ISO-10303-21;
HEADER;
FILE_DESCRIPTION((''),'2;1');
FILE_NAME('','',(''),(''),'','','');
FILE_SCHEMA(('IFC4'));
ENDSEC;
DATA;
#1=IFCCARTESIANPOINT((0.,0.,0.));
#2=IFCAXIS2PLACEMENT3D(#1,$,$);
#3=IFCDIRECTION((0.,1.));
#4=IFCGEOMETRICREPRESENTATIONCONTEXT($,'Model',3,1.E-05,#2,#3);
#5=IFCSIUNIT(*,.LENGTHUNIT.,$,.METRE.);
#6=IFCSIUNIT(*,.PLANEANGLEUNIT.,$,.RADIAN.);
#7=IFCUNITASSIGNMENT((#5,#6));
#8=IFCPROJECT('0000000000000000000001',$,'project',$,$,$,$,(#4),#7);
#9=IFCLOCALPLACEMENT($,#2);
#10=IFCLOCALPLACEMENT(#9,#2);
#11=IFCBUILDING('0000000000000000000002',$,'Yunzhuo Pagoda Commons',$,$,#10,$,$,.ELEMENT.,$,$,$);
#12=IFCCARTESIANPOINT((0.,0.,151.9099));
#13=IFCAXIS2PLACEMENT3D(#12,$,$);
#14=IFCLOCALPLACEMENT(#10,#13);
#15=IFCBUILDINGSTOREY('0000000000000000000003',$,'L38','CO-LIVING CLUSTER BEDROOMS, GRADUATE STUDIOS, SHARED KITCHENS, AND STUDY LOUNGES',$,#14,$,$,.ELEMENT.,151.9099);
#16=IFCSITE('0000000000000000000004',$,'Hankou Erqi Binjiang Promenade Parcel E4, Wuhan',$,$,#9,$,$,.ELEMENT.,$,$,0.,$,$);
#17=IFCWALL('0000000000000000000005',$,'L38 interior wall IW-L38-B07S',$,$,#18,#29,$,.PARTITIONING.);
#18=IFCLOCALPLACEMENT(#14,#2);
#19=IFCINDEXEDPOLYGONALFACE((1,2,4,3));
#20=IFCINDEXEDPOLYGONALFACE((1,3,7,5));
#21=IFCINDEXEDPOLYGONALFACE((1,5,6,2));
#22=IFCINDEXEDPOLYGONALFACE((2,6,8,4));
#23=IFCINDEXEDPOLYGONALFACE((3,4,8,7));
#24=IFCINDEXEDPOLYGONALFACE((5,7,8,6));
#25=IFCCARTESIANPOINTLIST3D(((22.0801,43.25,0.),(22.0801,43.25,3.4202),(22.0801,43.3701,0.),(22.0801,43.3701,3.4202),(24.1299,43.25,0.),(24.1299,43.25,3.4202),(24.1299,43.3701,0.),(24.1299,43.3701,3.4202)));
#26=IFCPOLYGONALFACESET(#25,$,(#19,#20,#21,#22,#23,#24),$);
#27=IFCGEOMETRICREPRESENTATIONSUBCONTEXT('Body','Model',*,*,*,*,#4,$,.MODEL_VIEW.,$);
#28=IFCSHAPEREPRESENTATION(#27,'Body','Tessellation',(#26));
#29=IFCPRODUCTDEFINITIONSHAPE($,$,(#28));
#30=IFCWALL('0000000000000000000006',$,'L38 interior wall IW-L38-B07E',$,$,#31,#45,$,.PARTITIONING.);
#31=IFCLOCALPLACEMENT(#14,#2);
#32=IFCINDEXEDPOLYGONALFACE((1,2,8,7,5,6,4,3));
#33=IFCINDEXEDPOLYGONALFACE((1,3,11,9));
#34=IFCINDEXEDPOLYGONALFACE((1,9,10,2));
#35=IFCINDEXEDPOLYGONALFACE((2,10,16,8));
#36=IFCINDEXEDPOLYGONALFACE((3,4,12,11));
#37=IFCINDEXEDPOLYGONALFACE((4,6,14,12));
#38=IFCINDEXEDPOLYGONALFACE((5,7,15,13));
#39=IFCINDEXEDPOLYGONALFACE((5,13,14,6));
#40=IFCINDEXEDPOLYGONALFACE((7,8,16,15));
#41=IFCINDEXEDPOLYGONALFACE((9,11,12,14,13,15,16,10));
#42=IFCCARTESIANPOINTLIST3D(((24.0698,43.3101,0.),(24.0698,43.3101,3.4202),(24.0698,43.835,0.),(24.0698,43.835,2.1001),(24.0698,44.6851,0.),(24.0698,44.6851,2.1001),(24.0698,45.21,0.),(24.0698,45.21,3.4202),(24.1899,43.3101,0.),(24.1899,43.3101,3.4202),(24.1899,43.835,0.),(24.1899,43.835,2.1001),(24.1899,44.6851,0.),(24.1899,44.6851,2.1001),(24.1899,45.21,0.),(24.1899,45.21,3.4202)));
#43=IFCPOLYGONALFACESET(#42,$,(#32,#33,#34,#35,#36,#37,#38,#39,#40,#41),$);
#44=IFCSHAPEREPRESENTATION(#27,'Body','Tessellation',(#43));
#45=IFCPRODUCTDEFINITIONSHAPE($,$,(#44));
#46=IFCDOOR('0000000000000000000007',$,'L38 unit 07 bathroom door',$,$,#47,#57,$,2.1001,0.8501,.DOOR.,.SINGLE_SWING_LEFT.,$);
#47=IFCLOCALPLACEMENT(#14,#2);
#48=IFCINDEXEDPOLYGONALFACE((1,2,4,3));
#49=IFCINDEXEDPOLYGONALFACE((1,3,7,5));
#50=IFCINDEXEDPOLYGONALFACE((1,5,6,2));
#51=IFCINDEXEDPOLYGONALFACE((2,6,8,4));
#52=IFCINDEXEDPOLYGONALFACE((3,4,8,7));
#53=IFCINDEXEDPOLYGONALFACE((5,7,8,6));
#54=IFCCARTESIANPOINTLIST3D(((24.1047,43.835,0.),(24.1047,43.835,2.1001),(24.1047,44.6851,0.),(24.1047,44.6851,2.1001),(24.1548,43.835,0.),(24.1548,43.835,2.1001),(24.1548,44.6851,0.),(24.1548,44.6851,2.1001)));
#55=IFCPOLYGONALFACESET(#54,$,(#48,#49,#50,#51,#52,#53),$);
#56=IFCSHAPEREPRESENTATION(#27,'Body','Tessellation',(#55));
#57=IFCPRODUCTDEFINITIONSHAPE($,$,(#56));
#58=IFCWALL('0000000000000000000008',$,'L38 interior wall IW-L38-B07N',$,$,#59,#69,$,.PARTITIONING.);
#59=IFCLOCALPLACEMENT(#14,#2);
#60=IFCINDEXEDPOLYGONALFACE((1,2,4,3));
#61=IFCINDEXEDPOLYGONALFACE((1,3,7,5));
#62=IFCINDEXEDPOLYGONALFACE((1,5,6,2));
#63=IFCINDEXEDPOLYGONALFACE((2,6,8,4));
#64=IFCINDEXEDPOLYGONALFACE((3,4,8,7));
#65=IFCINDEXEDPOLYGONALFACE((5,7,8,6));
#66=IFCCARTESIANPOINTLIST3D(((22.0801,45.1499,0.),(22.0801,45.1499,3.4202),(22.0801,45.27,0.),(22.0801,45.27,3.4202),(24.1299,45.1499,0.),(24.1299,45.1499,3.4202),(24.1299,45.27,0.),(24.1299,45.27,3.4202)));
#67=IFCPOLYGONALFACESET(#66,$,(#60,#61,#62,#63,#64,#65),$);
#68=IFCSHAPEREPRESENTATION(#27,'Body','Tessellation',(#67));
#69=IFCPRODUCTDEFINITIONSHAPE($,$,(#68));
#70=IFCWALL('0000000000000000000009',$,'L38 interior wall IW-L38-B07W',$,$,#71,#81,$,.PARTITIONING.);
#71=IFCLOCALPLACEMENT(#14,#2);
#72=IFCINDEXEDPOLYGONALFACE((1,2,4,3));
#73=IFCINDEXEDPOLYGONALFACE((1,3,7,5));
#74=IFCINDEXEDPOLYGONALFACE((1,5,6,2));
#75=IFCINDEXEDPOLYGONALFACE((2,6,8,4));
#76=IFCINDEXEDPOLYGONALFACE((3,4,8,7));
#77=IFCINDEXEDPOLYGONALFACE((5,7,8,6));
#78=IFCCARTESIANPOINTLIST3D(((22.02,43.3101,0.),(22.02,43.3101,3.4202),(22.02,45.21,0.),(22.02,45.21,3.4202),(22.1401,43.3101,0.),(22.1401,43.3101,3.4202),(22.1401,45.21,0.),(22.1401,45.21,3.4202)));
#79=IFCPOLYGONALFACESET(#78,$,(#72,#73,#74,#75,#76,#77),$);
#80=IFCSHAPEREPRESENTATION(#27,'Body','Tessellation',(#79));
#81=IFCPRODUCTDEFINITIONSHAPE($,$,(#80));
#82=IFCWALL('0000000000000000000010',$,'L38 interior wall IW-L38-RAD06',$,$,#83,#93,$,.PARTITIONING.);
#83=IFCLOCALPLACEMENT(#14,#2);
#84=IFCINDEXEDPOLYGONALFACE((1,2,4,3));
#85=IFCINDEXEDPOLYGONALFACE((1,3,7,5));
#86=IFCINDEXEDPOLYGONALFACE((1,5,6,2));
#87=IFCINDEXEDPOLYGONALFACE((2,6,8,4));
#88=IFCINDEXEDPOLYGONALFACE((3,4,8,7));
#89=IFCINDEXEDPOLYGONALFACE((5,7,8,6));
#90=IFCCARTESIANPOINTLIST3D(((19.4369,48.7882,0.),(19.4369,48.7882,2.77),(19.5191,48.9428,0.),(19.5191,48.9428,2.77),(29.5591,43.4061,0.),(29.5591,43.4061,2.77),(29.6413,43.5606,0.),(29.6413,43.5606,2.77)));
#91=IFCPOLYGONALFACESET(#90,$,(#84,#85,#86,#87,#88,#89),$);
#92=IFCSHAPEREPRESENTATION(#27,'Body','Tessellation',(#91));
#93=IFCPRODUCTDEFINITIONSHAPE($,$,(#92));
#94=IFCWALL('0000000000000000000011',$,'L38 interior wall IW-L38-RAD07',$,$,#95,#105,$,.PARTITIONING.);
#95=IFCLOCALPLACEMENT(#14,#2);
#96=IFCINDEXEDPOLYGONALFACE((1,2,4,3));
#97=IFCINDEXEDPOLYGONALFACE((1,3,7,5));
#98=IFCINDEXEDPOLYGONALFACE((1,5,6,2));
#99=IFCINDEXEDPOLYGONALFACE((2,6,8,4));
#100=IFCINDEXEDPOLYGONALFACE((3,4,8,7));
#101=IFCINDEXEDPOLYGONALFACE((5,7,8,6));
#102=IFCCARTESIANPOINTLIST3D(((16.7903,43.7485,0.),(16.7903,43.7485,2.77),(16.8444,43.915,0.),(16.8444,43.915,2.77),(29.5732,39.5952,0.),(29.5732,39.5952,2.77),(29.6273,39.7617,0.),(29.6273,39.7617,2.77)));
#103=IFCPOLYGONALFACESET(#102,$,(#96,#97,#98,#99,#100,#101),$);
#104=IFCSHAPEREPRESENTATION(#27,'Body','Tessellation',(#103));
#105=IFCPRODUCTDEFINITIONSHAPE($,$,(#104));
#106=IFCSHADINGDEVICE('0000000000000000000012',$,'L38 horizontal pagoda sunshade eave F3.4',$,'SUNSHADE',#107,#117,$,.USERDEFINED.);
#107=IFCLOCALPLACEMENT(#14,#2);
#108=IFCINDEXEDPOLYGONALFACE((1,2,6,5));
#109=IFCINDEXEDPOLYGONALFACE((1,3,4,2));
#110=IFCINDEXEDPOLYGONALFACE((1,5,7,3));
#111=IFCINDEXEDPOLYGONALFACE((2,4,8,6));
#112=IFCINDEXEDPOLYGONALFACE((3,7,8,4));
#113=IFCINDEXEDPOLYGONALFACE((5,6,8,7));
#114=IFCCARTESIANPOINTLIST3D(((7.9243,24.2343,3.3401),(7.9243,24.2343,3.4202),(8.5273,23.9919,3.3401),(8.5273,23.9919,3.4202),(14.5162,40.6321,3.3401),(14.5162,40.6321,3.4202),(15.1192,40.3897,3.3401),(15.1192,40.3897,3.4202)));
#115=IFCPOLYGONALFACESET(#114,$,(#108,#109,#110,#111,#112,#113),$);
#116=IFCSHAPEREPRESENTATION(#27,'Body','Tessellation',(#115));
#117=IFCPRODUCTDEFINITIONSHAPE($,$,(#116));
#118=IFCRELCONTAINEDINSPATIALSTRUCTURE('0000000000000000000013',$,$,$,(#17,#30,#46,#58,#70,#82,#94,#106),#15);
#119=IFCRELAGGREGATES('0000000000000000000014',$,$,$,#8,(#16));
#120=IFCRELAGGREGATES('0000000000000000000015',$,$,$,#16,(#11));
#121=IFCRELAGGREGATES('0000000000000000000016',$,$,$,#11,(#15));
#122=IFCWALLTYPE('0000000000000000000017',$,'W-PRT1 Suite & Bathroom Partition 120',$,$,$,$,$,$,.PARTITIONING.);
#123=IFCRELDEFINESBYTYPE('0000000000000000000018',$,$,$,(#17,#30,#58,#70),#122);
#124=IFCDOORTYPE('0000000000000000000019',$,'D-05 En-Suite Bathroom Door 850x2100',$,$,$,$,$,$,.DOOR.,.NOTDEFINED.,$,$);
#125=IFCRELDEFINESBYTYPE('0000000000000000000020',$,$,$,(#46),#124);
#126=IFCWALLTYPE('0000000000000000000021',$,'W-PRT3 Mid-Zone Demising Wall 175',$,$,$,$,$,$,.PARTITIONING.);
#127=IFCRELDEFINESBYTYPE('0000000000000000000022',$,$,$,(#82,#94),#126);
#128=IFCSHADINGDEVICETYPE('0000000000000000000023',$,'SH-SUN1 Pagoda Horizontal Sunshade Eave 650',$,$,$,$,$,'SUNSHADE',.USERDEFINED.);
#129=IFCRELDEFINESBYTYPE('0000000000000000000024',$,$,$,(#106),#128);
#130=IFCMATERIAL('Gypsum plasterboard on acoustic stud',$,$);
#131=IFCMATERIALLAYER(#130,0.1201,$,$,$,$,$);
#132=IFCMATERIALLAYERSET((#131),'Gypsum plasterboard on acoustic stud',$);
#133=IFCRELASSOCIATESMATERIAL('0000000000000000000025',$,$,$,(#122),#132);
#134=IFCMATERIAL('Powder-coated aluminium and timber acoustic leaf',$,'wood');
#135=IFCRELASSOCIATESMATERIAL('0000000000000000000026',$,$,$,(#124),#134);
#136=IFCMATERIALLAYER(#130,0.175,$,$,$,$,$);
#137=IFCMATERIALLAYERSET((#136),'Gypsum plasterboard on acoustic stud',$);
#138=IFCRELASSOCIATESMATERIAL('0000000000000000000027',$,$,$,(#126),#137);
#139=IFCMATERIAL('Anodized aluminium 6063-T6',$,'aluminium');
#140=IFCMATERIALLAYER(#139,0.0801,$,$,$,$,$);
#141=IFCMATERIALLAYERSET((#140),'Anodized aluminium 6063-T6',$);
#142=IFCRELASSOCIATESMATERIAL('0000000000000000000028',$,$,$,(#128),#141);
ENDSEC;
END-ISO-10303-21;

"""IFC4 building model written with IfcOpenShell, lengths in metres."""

from ifc_helpers import new_model, si_unit, direction, frame, frame_2d, origin, origin_2d, place, context, subcontext, project, spatial, rectangle, extrude, source, transform, mapped, material, layer, layer_set, type_object, element, fill, save


model = new_model("IFC4")

# Units and contexts
model_context = context("Model", 3, precision=1e-05, world=origin(), true_north=direction((0.0, 1.0)))
body_context = subcontext(model_context, "Body", "Model", "MODEL_VIEW")
ifc_project = project(units=[si_unit("LENGTHUNIT", "METRE"), si_unit("PLANEANGLEUNIT", "RADIAN")], contexts=[model_context])

# Site, building, storey
site_placement = place(None, origin())
site = spatial("IfcSite", under=ifc_project, at=site_placement, Name="Hankou Erqi Binjiang Promenade Parcel E4, Wuhan", CompositionType="ELEMENT", RefElevation=0.0)
building_placement = place(site_placement, origin())
building = spatial("IfcBuilding", under=site, at=building_placement, Name="Yunzhuo Pagoda Commons", CompositionType="ELEMENT")
storey_placement = place(building_placement, frame((0.0, 0.0, 151.9099)))
storey = spatial("IfcBuildingStorey", under=building, at=storey_placement, Name="L38", Description="CO-LIVING CLUSTER BEDROOMS, GRADUATE STUDIOS, SHARED KITCHENS, AND STUDY LOUNGES", CompositionType="ELEMENT", Elevation=151.9099)

# Shared definitions
ifc_material_1 = material(Name="Anodized aluminium 6063-T6", Category="aluminium")

# Shared definitions
ifc_material_2 = material(Name="Gypsum plasterboard on acoustic stud")

# Shared definitions
ifc_material_3 = material(Name="Powder-coated aluminium and timber acoustic leaf", Category="wood")

# Wall
ifc_layer_1 = layer(ifc_material_2, 0.1201)
ifc_layer_set_1 = layer_set([ifc_layer_1], Name="Gypsum plasterboard on acoustic stud")
wall_type_1 = type_object("IfcWallType", Name="W-PRT1 Suite & Bathroom Partition 120", PredefinedType="PARTITIONING", material=ifc_layer_set_1)
wall_1_placement = place(storey_placement, frame((22.0801, 43.3101, 0.0), z_axis=(0.0, 0.0, 1.0), x_axis=(1.0, 0.0, 0.0)))
element("IfcWall", 1, at=wall_1_placement, inside=storey, type_object=wall_type_1, Name="L38 interior wall IW-L38-B07S", PredefinedType="PARTITIONING", context=body_context, shape_type="SweptSolid", body=[
    extrude(rectangle(XDim=2.0498, YDim=0.1201, at=frame_2d((1.0249, 0.0))), origin(), (0.0, 0.0, 1.0), 3.4202),
])

# Wall, opening, door
wall_2_placement = place(storey_placement, frame((24.1299, 43.3101, 0.0), z_axis=(0.0, 0.0, 1.0), x_axis=(0.0, 1.0, 0.0)))
wall_2 = element("IfcWall", 2, at=wall_2_placement, inside=storey, type_object=wall_type_1, Name="L38 interior wall IW-L38-B07E", PredefinedType="PARTITIONING", context=body_context, shape_type="SweptSolid", body=[
    extrude(rectangle(XDim=1.8999, YDim=0.1201, at=frame_2d((0.95, 0.0))), origin(), (0.0, 0.0, 1.0), 3.4202),
])
opening_1_placement = place(wall_2_placement, frame((0.5249, 0.0, 0.0)))
opening_1 = element("IfcOpeningElement", 3, at=opening_1_placement, cuts=wall_2, PredefinedType="OPENING", context=body_context, shape_type="SweptSolid", body=[
    extrude(rectangle(XDim=0.8501, YDim=2.1001, at=frame_2d((0.425, 1.05))), frame((0.0, 0.0701, 0.0), z_axis=(0.0, -1.0, 0.0), x_axis=(1.0, 0.0, 0.0)), (0.0, 0.0, 1.0), 0.1401),
])
door_type_1 = type_object("IfcDoorType", Name="D-05 En-Suite Bathroom Door 850x2100", OperationType="NOTDEFINED", PredefinedType="DOOR", material=ifc_material_3)
shared_shape_1 = source(origin(), body_context, "Body", "SweptSolid", [
    extrude(rectangle(XDim=0.8501, YDim=2.1001, at=frame_2d((0.425, 1.05))), frame((0.0, 0.0249, 0.0), z_axis=(0.0, -1.0, 0.0), x_axis=(1.0, 0.0, 0.0)), (0.0, 0.0, 1.0), 0.05),
])
door_1_placement = place(opening_1_placement, frame((0.8501, 0.0, 0.0), z_axis=(0.0, 0.0, 1.0), x_axis=(-1.0, 0.0, 0.0)))
door_1 = element("IfcDoor", 4, at=door_1_placement, inside=storey, type_object=door_type_1, Name="L38 unit 07 bathroom door", OperationType="SINGLE_SWING_LEFT", OverallHeight=2.1001, OverallWidth=0.8501, PredefinedType="DOOR", context=body_context, shape_type="MappedRepresentation", body=[
    mapped(shared_shape_1, transform((0.0, 0.0, 0.0), scale=1.0)),
])
fill(opening_1, door_1)

# Walls
wall_3_placement = place(storey_placement, frame((24.1299, 45.21, 0.0), z_axis=(0.0, 0.0, 1.0), x_axis=(-1.0, 0.0, 0.0)))
element("IfcWall", 5, at=wall_3_placement, inside=storey, type_object=wall_type_1, Name="L38 interior wall IW-L38-B07N", PredefinedType="PARTITIONING", context=body_context, shape_type="SweptSolid", body=[
    extrude(rectangle(XDim=2.0498, YDim=0.1201, at=frame_2d((1.0249, 0.0))), origin(), (0.0, 0.0, 1.0), 3.4202),
])
wall_4_placement = place(storey_placement, frame((22.0801, 45.21, 0.0), z_axis=(0.0, 0.0, 1.0), x_axis=(0.0, -1.0, 0.0)))
element("IfcWall", 6, at=wall_4_placement, inside=storey, type_object=wall_type_1, Name="L38 interior wall IW-L38-B07W", PredefinedType="PARTITIONING", context=body_context, shape_type="SweptSolid", body=[
    extrude(rectangle(XDim=1.8999, YDim=0.1201, at=frame_2d((0.95, 0.0))), origin(), (0.0, 0.0, 1.0), 3.4202),
])
ifc_layer_2 = layer(ifc_material_2, 0.175)
ifc_layer_set_2 = layer_set([ifc_layer_2], Name="Gypsum plasterboard on acoustic stud")
wall_type_2 = type_object("IfcWallType", Name="W-PRT3 Mid-Zone Demising Wall 175", PredefinedType="PARTITIONING", material=ifc_layer_set_2)
wall_5_placement = place(storey_placement, frame((29.6001, 43.4834, 0.0), z_axis=(0.0, 0.0, 1.0), x_axis=(-0.882945, 0.469477, 0.0)))
element("IfcWall", 7, at=wall_5_placement, inside=storey, type_object=wall_type_2, Name="L38 interior wall IW-L38-RAD06", PredefinedType="PARTITIONING", context=body_context, shape_type="SweptSolid", body=[
    extrude(rectangle(XDim=11.4641, YDim=0.175, at=frame_2d((5.7319, 0.0))), origin(), (0.0, 0.0, 1.0), 2.77),
])
wall_6_placement = place(storey_placement, frame((29.6001, 39.6785, 0.0), z_axis=(0.0, 0.0, 1.0), x_axis=(-0.951059, 0.309009, 0.0)))
element("IfcWall", 8, at=wall_6_placement, inside=storey, type_object=wall_type_2, Name="L38 interior wall IW-L38-RAD07", PredefinedType="PARTITIONING", context=body_context, shape_type="SweptSolid", body=[
    extrude(rectangle(XDim=13.4407, YDim=0.175, at=frame_2d((6.7202, 0.0))), origin(), (0.0, 0.0, 1.0), 2.77),
])

# Shading device
ifc_layer_3 = layer(ifc_material_1, 0.0801)
ifc_layer_set_3 = layer_set([ifc_layer_3], Name="Anodized aluminium 6063-T6")
shading_device_type = type_object("IfcShadingDeviceType", Name="SH-SUN1 Pagoda Horizontal Sunshade Eave 650", ElementType="SUNSHADE", PredefinedType="USERDEFINED", material=ifc_layer_set_3)
shared_shape_2 = source(origin(), body_context, "Body", "SweptSolid", [
    extrude(rectangle(XDim=17.6731, YDim=0.6499, at=origin_2d()), origin(), (0.0, 0.0, 1.0), 0.0801),
])
shading_device_placement = place(storey_placement, frame((11.5217, 32.312, 3.3401), z_axis=(0.0, 0.0, 1.0), x_axis=(-0.372988, -0.927836, 0.0)))
element("IfcShadingDevice", 9, at=shading_device_placement, inside=storey, type_object=shading_device_type, Name="L38 horizontal pagoda sunshade eave F3.4", ObjectType="SUNSHADE", PredefinedType="USERDEFINED", context=body_context, shape_type="MappedRepresentation", body=[
    mapped(shared_shape_2, transform((0.0, 0.0, 0.0), scale=1.0)),
])

save(model, "model.ifc")
